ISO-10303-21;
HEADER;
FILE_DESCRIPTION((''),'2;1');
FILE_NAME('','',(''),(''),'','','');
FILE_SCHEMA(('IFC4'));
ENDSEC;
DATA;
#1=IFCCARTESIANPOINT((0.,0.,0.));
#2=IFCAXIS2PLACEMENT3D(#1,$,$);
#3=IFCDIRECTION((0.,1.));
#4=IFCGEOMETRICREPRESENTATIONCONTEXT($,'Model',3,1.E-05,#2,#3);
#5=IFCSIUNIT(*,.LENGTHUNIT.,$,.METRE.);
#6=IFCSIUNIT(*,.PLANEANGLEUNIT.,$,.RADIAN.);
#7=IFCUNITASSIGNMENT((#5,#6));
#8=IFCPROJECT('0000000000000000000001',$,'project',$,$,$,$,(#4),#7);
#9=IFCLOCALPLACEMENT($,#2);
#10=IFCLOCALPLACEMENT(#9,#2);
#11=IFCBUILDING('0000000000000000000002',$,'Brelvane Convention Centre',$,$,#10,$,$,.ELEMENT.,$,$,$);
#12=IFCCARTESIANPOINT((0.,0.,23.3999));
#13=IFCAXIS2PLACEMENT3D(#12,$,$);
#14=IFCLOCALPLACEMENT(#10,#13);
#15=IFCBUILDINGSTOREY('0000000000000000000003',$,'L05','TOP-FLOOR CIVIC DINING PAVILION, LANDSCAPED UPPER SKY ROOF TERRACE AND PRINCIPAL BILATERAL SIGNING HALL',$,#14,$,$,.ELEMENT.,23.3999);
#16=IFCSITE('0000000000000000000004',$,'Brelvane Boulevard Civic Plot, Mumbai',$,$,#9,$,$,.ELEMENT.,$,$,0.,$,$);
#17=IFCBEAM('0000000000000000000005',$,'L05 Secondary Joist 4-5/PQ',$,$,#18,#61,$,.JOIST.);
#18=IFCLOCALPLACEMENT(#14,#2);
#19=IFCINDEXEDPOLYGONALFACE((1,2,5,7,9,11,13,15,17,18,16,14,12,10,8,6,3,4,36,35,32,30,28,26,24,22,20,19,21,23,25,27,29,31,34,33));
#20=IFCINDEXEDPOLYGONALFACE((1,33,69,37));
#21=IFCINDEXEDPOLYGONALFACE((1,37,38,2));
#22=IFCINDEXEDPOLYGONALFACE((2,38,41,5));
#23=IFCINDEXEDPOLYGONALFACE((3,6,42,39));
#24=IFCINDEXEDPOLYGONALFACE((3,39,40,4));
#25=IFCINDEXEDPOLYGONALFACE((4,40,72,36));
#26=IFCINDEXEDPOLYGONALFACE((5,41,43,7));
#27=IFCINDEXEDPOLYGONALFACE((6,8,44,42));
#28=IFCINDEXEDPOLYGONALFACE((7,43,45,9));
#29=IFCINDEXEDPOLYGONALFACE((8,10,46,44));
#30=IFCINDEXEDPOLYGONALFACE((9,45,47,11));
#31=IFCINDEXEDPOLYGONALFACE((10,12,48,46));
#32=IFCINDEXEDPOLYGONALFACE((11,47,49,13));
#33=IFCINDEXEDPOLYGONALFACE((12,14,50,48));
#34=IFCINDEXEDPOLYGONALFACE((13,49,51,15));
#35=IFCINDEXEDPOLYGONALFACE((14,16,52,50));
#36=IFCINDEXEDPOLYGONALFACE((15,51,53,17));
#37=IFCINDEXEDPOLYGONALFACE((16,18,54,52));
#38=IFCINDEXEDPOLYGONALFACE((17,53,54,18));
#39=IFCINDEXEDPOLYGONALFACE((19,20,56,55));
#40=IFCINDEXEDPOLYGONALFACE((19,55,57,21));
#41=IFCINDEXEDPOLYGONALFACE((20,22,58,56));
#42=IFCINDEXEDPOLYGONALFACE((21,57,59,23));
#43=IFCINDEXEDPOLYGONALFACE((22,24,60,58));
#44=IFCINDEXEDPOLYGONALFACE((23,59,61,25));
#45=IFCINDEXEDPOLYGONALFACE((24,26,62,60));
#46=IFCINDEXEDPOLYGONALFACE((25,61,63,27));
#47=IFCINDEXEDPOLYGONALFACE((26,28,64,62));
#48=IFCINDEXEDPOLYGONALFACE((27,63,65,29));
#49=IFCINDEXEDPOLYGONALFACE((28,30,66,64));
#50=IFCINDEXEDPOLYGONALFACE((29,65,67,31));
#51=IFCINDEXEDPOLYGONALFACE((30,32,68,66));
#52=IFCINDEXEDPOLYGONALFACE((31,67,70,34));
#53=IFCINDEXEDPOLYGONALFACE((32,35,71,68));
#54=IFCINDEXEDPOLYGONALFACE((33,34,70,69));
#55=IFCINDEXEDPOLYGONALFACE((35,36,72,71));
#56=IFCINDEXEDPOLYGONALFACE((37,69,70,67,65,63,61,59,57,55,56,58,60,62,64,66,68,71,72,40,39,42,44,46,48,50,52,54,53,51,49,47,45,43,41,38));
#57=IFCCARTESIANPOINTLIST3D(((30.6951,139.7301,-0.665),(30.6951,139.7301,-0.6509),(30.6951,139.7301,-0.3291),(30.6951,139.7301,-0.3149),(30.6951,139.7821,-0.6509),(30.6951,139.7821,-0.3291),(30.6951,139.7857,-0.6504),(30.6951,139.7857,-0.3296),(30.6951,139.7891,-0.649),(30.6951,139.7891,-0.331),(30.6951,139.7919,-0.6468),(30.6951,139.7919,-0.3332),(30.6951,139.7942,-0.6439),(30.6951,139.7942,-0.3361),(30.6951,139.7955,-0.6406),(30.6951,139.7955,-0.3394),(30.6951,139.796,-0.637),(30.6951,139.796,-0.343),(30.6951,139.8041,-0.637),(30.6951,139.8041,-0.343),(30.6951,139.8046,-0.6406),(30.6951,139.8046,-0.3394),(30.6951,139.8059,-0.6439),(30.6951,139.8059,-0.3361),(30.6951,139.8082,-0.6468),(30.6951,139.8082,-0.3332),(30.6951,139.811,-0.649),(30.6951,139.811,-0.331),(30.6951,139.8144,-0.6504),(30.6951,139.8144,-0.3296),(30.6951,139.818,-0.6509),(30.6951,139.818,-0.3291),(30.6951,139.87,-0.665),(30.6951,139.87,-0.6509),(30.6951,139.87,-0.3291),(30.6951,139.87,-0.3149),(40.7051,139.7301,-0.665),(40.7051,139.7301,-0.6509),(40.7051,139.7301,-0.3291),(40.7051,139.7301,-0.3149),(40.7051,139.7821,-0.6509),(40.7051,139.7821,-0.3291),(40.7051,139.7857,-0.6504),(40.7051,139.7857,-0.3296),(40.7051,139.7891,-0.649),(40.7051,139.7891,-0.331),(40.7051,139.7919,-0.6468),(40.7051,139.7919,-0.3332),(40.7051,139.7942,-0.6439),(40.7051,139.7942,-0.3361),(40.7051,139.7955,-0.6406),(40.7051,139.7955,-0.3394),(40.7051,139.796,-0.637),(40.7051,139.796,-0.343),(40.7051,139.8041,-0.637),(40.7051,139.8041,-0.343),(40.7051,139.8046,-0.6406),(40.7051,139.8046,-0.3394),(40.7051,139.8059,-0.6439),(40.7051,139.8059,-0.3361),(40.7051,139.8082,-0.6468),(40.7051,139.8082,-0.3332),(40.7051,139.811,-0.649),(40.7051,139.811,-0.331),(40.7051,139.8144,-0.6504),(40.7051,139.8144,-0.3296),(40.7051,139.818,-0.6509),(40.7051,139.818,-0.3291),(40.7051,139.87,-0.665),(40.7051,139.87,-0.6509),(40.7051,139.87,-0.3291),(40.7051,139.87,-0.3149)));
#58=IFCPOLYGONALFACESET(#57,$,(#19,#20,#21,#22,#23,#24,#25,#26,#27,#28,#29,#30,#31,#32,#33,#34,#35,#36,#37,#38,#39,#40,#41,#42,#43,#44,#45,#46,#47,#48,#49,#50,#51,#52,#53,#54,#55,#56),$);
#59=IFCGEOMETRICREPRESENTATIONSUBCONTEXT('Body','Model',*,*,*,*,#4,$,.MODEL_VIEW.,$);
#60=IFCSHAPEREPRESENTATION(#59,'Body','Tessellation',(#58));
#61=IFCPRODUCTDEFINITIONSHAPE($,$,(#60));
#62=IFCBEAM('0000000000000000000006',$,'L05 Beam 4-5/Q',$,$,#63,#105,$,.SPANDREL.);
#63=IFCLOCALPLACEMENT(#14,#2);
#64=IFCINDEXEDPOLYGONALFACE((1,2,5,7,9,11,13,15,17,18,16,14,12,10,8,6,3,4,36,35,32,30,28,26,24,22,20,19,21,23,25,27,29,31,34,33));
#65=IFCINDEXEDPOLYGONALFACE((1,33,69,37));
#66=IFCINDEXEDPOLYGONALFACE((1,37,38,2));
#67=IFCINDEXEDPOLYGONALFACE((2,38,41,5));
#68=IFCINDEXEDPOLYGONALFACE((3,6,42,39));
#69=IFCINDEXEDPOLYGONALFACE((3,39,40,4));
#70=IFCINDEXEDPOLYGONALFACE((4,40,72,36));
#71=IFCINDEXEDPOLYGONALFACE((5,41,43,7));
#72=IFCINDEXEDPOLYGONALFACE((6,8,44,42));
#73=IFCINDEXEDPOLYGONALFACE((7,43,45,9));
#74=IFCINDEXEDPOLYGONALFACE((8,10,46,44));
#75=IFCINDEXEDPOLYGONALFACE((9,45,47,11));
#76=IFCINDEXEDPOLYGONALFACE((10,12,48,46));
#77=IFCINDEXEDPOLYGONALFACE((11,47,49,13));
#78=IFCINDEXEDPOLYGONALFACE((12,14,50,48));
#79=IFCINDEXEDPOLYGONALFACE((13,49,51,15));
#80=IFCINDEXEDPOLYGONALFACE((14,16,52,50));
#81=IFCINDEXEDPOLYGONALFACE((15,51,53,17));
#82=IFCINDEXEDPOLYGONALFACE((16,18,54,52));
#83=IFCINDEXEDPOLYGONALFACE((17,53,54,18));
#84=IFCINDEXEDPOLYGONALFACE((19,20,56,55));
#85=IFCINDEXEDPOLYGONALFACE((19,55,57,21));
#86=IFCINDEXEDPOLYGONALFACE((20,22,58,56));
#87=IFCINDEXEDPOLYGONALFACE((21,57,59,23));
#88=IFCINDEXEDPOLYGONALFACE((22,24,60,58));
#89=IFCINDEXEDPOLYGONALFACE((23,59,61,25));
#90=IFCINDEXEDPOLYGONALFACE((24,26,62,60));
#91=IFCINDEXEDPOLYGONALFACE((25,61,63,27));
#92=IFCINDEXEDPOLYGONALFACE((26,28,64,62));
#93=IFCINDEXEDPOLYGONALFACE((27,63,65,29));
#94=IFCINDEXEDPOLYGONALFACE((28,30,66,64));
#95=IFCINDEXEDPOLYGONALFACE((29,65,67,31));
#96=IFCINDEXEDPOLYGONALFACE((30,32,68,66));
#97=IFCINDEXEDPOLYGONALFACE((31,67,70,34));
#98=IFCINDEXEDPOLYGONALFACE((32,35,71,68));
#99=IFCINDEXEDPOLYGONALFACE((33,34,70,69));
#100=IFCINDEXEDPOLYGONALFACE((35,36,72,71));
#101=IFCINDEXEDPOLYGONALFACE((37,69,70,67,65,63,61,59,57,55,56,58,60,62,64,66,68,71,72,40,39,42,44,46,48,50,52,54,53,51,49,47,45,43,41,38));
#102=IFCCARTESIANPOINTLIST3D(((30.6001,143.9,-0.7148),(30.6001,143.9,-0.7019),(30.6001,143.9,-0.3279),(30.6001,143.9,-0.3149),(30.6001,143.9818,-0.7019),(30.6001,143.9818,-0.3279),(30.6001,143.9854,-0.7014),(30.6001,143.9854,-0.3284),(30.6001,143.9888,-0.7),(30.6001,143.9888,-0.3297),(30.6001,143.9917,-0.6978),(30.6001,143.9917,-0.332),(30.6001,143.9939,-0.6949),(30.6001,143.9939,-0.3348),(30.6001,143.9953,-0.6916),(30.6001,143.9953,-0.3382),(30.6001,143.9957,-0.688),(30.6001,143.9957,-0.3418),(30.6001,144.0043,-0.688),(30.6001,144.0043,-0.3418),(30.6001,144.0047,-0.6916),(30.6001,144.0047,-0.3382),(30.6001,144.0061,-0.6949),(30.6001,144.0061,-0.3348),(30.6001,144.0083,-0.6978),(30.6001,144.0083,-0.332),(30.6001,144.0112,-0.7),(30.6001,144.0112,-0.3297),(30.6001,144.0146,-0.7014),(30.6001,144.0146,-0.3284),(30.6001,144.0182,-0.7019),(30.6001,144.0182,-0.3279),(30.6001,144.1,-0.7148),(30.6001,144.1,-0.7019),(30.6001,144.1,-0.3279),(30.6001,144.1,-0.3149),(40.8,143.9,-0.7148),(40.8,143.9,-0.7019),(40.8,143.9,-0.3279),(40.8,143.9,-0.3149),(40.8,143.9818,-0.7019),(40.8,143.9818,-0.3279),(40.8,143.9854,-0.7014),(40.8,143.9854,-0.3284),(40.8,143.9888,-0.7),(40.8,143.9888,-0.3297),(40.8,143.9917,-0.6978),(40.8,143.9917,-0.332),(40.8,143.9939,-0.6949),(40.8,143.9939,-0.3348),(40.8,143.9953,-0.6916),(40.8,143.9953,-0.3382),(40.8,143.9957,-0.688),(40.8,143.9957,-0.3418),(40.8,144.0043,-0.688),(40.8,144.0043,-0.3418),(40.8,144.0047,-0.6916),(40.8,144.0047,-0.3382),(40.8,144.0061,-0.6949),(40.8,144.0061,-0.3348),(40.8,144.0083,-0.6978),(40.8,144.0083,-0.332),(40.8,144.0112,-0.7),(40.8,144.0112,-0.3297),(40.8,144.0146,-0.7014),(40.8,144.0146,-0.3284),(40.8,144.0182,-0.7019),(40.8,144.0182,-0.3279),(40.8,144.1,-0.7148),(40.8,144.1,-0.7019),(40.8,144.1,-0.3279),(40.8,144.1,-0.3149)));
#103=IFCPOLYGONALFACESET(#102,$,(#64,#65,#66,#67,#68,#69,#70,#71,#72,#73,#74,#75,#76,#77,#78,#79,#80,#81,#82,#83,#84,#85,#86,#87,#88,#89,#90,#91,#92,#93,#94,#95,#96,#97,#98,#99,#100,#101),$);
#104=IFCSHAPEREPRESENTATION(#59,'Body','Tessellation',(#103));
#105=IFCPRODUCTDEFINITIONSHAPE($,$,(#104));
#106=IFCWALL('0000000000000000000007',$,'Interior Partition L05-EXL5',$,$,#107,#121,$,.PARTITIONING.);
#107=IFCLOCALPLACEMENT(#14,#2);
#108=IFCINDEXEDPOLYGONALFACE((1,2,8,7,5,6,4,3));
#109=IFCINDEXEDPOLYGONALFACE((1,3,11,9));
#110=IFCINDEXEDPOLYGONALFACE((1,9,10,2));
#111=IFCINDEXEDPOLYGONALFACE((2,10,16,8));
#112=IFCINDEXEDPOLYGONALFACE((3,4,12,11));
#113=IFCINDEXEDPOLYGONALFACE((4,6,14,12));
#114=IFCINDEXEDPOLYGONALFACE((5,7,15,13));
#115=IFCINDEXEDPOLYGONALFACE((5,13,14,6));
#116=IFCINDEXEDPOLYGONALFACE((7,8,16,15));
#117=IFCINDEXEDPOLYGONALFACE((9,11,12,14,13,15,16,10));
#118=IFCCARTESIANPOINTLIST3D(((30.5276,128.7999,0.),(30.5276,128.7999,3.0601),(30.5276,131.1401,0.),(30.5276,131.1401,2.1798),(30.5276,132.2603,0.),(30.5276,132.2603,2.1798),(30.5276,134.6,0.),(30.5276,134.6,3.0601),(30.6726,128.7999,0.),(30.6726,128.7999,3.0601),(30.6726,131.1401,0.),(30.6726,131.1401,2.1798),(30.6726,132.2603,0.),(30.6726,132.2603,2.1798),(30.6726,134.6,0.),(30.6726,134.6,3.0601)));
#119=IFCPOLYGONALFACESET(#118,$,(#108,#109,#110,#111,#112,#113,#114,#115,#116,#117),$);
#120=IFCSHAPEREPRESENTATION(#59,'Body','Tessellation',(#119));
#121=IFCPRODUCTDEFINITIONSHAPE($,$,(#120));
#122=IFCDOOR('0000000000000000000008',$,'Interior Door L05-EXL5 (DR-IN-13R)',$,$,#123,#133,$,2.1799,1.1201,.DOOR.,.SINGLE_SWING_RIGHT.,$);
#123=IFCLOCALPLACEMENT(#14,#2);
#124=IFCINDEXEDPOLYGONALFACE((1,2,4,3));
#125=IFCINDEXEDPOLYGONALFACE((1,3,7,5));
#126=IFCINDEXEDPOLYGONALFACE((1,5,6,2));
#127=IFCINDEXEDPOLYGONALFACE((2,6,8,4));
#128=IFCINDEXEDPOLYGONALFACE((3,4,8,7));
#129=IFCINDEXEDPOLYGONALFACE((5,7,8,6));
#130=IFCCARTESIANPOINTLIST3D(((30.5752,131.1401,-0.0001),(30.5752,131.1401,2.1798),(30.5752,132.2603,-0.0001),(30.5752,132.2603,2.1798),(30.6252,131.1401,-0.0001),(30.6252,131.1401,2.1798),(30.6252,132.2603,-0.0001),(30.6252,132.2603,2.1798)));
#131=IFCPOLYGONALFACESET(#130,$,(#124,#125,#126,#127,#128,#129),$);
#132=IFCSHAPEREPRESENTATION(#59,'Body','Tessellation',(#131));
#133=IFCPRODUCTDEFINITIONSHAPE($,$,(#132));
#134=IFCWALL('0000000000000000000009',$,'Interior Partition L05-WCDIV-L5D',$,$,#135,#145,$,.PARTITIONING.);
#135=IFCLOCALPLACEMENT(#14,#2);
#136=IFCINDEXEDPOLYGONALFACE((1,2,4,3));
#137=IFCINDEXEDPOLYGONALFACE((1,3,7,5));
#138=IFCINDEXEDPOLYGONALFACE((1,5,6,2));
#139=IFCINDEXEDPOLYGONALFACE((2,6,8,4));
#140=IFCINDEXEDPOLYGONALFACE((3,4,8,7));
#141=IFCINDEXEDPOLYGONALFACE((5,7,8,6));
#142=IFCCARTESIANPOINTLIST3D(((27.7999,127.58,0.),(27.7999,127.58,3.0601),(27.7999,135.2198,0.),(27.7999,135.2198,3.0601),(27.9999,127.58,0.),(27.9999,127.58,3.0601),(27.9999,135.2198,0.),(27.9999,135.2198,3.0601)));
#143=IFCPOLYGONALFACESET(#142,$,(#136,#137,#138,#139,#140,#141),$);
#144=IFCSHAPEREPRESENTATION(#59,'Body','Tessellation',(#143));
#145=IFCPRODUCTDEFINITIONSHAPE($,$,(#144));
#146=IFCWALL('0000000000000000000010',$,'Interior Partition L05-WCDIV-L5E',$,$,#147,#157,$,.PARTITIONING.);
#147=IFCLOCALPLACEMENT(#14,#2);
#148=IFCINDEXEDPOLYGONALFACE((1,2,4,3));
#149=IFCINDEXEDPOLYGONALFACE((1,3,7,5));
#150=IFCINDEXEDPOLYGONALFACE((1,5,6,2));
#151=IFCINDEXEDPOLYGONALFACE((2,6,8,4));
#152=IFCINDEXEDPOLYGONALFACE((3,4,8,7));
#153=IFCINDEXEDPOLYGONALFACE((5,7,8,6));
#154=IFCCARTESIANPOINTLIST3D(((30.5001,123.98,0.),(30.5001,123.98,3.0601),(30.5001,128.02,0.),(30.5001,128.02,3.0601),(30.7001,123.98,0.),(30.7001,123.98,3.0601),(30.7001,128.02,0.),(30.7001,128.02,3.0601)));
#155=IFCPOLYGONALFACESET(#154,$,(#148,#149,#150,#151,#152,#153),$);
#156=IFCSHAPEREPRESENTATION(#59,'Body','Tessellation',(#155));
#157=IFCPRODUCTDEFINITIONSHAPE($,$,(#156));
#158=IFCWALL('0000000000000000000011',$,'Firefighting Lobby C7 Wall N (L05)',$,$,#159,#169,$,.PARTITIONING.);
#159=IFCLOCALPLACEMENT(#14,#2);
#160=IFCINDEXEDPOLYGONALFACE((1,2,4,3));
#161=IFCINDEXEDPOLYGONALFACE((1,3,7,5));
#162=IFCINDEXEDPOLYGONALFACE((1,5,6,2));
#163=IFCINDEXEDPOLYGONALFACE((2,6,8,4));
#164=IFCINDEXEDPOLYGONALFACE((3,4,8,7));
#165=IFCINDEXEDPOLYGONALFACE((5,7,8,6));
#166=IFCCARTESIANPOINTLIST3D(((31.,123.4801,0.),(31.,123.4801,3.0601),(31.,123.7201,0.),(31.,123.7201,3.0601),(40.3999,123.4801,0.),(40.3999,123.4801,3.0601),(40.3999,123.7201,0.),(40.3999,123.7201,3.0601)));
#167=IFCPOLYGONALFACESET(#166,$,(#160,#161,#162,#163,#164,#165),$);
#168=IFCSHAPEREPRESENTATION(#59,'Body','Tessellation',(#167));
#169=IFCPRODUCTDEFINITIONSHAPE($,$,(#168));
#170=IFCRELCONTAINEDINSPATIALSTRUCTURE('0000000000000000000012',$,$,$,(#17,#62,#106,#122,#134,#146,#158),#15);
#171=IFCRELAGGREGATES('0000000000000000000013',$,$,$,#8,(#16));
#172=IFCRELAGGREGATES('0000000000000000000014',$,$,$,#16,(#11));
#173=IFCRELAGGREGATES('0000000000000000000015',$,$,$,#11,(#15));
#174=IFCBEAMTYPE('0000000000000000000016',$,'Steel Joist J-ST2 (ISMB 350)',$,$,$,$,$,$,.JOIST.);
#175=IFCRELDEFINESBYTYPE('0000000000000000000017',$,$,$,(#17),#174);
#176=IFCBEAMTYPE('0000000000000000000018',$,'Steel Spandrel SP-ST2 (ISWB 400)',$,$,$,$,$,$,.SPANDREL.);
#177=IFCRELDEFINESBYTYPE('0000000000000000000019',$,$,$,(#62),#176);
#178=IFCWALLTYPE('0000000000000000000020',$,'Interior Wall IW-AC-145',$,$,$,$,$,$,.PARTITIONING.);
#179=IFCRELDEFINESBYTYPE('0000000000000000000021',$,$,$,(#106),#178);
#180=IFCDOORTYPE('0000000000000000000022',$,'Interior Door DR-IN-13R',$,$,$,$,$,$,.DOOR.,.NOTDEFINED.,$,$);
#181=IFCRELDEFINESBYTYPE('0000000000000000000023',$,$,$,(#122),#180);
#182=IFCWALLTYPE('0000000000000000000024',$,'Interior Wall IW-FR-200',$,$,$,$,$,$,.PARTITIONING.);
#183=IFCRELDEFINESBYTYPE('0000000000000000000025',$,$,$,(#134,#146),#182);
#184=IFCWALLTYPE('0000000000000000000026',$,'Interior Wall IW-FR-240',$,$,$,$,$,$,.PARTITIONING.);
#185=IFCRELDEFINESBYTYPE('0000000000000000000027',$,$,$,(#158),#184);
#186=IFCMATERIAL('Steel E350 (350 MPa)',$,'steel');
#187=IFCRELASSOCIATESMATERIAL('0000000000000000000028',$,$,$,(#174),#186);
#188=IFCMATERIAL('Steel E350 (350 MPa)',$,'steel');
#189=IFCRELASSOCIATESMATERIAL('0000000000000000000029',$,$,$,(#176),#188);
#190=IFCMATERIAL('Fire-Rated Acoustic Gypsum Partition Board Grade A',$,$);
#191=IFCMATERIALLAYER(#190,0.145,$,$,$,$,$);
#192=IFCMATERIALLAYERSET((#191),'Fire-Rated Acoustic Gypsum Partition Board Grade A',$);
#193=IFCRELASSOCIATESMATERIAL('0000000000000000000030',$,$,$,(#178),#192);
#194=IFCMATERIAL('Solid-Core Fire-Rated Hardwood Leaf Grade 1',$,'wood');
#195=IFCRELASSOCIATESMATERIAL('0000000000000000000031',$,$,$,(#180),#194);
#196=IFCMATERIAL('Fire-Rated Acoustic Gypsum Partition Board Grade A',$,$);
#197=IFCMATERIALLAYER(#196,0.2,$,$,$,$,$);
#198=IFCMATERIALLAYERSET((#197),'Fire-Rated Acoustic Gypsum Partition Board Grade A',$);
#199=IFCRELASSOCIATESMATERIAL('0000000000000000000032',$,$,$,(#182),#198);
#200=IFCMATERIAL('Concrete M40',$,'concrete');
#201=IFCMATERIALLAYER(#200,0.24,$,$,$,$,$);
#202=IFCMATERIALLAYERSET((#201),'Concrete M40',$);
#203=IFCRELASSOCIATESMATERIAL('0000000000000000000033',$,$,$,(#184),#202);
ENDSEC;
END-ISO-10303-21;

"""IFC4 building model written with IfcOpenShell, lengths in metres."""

from ifc_helpers import new_model, si_unit, direction, frame, frame_2d, origin, origin_2d, place, context, subcontext, project, spatial, rectangle, i_section, extrude, material, layer, layer_set, material_profile, profile_set, type_object, element, fill, save


model = new_model("IFC4")

# Units and contexts
model_context = context("Model", 3, precision=1e-05, world=origin(), true_north=direction((0.0, 1.0)))
body_context = subcontext(model_context, "Body", "Model", "MODEL_VIEW")
ifc_project = project(units=[si_unit("LENGTHUNIT", "METRE"), si_unit("PLANEANGLEUNIT", "RADIAN")], contexts=[model_context])

# Site, building, storey
site_placement = place(None, origin())
site = spatial("IfcSite", under=ifc_project, at=site_placement, Name="Brelvane Boulevard Civic Plot, Mumbai", CompositionType="ELEMENT", RefElevation=0.0)
building_placement = place(site_placement, origin())
building = spatial("IfcBuilding", under=site, at=building_placement, Name="Brelvane Convention Centre", CompositionType="ELEMENT")
storey_placement = place(building_placement, frame((0.0, 0.0, 23.3999)))
storey = spatial("IfcBuildingStorey", under=building, at=storey_placement, Name="L05", Description="TOP-FLOOR CIVIC DINING PAVILION, LANDSCAPED UPPER SKY ROOF TERRACE AND PRINCIPAL BILATERAL SIGNING HALL", CompositionType="ELEMENT", Elevation=23.3999)

# Beams
ifc_material_1 = material(Name="Steel E350 (350 MPa)", Category="steel")
ifc_material_profile_1 = material_profile(ifc_material_1, i_section(OverallWidth=0.1399, OverallDepth=0.3501, WebThickness=0.0081, FlangeThickness=0.0142, FilletRadius=0.0139, at=origin_2d()), Name="ISMB 350")
ifc_profile_set_1 = profile_set([ifc_material_profile_1], Name="Steel E350 (350 MPa)")
beam_type_1 = type_object("IfcBeamType", Name="Steel Joist J-ST2 (ISMB 350)", PredefinedType="JOIST", material=ifc_profile_set_1)
for number, where, z_axis, x_axis, name in (
    (1, (30.6951, 139.8, -0.49), (1.0, 0.0, 0.0), (0.0, 1.0, 0.0), "L05 Secondary Joist 4-5/PQ"),
):
    element("IfcBeam", number, at=place(storey_placement, frame(where, z_axis=z_axis, x_axis=x_axis)), inside=storey, type_object=beam_type_1, Name=name, PredefinedType="JOIST", context=body_context, shape_type="SweptSolid", body=[
        extrude(i_section(OverallWidth=0.1399, OverallDepth=0.3501, WebThickness=0.0081, FlangeThickness=0.0142, FilletRadius=0.0139, at=origin_2d()), origin(), (0.0, 0.0, 1.0), 10.01),
    ])
ifc_material_2 = material(Name="Steel E350 (350 MPa)", Category="steel")
ifc_material_profile_2 = material_profile(ifc_material_2, i_section(OverallWidth=0.2, OverallDepth=0.3999, WebThickness=0.0085, FlangeThickness=0.0129, FilletRadius=0.0139, at=origin_2d()), Name="ISWB 400")
ifc_profile_set_2 = profile_set([ifc_material_profile_2], Name="Steel E350 (350 MPa)")
beam_type_2 = type_object("IfcBeamType", Name="Steel Spandrel SP-ST2 (ISWB 400)", PredefinedType="SPANDREL", material=ifc_profile_set_2)
beam_1_placement = place(storey_placement, frame((30.6001, 144.0, -0.5149), z_axis=(1.0, 0.0, 0.0), x_axis=(0.0, 1.0, 0.0)))
element("IfcBeam", 2, at=beam_1_placement, inside=storey, type_object=beam_type_2, Name="L05 Beam 4-5/Q", PredefinedType="SPANDREL", context=body_context, shape_type="SweptSolid", body=[
    extrude(i_section(OverallWidth=0.2, OverallDepth=0.3999, WebThickness=0.0085, FlangeThickness=0.0129, FilletRadius=0.0139, at=origin_2d()), origin(), (0.0, 0.0, 1.0), 10.2),
])

# Wall, opening, door
ifc_material_3 = material(Name="Fire-Rated Acoustic Gypsum Partition Board Grade A")
ifc_layer_1 = layer(ifc_material_3, 0.145)
ifc_layer_set_1 = layer_set([ifc_layer_1], Name="Fire-Rated Acoustic Gypsum Partition Board Grade A")
wall_type_1 = type_object("IfcWallType", Name="Interior Wall IW-AC-145", PredefinedType="PARTITIONING", material=ifc_layer_set_1)
wall_1_placement = place(storey_placement, frame((30.6001, 128.8, 0.0), z_axis=(0.0, 0.0, 1.0), x_axis=(0.0, 1.0, 0.0)))
wall_1 = element("IfcWall", 3, at=wall_1_placement, inside=storey, type_object=wall_type_1, Name="Interior Partition L05-EXL5", PredefinedType="PARTITIONING", context=body_context, shape_type="SweptSolid", body=[
    extrude(rectangle(XDim=5.8, YDim=0.145, at=frame_2d((2.8999, 0.0))), origin(), (0.0, 0.0, 1.0), 3.0601),
])
opening_placement = place(wall_1_placement, frame((2.3401, 0.0, 0.0)))
opening = element("IfcOpeningElement", 4, at=opening_placement, cuts=wall_1, PredefinedType="OPENING", context=body_context, shape_type="SweptSolid", body=[
    extrude(rectangle(XDim=1.1201, YDim=2.1799, at=frame_2d((0.5601, 1.0898))), frame((0.0, 0.0825, 0.0), z_axis=(0.0, -1.0, 0.0), x_axis=(1.0, 0.0, 0.0)), (0.0, 0.0, 1.0), 0.165),
])
ifc_material_4 = material(Name="Solid-Core Fire-Rated Hardwood Leaf Grade 1", Category="wood")
door_type = type_object("IfcDoorType", Name="Interior Door DR-IN-13R", OperationType="NOTDEFINED", PredefinedType="DOOR", material=ifc_material_4)
door_placement = place(opening_placement, origin())
door = element("IfcDoor", 5, at=door_placement, inside=storey, type_object=door_type, Name="Interior Door L05-EXL5 (DR-IN-13R)", OperationType="SINGLE_SWING_RIGHT", OverallHeight=2.1799, OverallWidth=1.1201, PredefinedType="DOOR", context=body_context, shape_type="SweptSolid", body=[
    extrude(rectangle(XDim=1.1201, YDim=2.1799, at=frame_2d((0.5601, 1.0898))), frame((0.0, 0.0249, 0.0), z_axis=(0.0, -1.0, 0.0), x_axis=(1.0, 0.0, 0.0)), (0.0, 0.0, 1.0), 0.05),
])
fill(opening, door)

# Walls
ifc_material_5 = material(Name="Fire-Rated Acoustic Gypsum Partition Board Grade A")
ifc_layer_2 = layer(ifc_material_5, 0.2)
ifc_layer_set_2 = layer_set([ifc_layer_2], Name="Fire-Rated Acoustic Gypsum Partition Board Grade A")
wall_type_2 = type_object("IfcWallType", Name="Interior Wall IW-FR-200", PredefinedType="PARTITIONING", material=ifc_layer_set_2)
wall_2_placement = place(storey_placement, frame((27.8999, 127.5801, 0.0), z_axis=(0.0, 0.0, 1.0), x_axis=(0.0, 1.0, 0.0)))
element("IfcWall", 6, at=wall_2_placement, inside=storey, type_object=wall_type_2, Name="Interior Partition L05-WCDIV-L5D", PredefinedType="PARTITIONING", context=body_context, shape_type="SweptSolid", body=[
    extrude(rectangle(XDim=7.6399, YDim=0.2, at=frame_2d((3.8198, 0.0))), origin(), (0.0, 0.0, 1.0), 3.0601),
])
wall_3_placement = place(storey_placement, frame((30.6001, 123.98, 0.0), z_axis=(0.0, 0.0, 1.0), x_axis=(0.0, 1.0, 0.0)))
element("IfcWall", 7, at=wall_3_placement, inside=storey, type_object=wall_type_2, Name="Interior Partition L05-WCDIV-L5E", PredefinedType="PARTITIONING", context=body_context, shape_type="SweptSolid", body=[
    extrude(rectangle(XDim=4.04, YDim=0.2, at=frame_2d((2.02, 0.0))), origin(), (0.0, 0.0, 1.0), 3.0601),
])
ifc_material_6 = material(Name="Concrete M40", Category="concrete")
ifc_layer_3 = layer(ifc_material_6, 0.24)
ifc_layer_set_3 = layer_set([ifc_layer_3], Name="Concrete M40")
wall_type_3 = type_object("IfcWallType", Name="Interior Wall IW-FR-240", PredefinedType="PARTITIONING", material=ifc_layer_set_3)
wall_4_placement = place(storey_placement, frame((31.0, 123.6001, 0.0), z_axis=(0.0, 0.0, 1.0), x_axis=(1.0, 0.0, 0.0)))
element("IfcWall", 8, at=wall_4_placement, inside=storey, type_object=wall_type_3, Name="Firefighting Lobby C7 Wall N (L05)", PredefinedType="PARTITIONING", context=body_context, shape_type="SweptSolid", body=[
    extrude(rectangle(XDim=9.3999, YDim=0.24, at=frame_2d((4.7, 0.0))), origin(), (0.0, 0.0, 1.0), 3.0601),
])

save(model, "model.ifc")
